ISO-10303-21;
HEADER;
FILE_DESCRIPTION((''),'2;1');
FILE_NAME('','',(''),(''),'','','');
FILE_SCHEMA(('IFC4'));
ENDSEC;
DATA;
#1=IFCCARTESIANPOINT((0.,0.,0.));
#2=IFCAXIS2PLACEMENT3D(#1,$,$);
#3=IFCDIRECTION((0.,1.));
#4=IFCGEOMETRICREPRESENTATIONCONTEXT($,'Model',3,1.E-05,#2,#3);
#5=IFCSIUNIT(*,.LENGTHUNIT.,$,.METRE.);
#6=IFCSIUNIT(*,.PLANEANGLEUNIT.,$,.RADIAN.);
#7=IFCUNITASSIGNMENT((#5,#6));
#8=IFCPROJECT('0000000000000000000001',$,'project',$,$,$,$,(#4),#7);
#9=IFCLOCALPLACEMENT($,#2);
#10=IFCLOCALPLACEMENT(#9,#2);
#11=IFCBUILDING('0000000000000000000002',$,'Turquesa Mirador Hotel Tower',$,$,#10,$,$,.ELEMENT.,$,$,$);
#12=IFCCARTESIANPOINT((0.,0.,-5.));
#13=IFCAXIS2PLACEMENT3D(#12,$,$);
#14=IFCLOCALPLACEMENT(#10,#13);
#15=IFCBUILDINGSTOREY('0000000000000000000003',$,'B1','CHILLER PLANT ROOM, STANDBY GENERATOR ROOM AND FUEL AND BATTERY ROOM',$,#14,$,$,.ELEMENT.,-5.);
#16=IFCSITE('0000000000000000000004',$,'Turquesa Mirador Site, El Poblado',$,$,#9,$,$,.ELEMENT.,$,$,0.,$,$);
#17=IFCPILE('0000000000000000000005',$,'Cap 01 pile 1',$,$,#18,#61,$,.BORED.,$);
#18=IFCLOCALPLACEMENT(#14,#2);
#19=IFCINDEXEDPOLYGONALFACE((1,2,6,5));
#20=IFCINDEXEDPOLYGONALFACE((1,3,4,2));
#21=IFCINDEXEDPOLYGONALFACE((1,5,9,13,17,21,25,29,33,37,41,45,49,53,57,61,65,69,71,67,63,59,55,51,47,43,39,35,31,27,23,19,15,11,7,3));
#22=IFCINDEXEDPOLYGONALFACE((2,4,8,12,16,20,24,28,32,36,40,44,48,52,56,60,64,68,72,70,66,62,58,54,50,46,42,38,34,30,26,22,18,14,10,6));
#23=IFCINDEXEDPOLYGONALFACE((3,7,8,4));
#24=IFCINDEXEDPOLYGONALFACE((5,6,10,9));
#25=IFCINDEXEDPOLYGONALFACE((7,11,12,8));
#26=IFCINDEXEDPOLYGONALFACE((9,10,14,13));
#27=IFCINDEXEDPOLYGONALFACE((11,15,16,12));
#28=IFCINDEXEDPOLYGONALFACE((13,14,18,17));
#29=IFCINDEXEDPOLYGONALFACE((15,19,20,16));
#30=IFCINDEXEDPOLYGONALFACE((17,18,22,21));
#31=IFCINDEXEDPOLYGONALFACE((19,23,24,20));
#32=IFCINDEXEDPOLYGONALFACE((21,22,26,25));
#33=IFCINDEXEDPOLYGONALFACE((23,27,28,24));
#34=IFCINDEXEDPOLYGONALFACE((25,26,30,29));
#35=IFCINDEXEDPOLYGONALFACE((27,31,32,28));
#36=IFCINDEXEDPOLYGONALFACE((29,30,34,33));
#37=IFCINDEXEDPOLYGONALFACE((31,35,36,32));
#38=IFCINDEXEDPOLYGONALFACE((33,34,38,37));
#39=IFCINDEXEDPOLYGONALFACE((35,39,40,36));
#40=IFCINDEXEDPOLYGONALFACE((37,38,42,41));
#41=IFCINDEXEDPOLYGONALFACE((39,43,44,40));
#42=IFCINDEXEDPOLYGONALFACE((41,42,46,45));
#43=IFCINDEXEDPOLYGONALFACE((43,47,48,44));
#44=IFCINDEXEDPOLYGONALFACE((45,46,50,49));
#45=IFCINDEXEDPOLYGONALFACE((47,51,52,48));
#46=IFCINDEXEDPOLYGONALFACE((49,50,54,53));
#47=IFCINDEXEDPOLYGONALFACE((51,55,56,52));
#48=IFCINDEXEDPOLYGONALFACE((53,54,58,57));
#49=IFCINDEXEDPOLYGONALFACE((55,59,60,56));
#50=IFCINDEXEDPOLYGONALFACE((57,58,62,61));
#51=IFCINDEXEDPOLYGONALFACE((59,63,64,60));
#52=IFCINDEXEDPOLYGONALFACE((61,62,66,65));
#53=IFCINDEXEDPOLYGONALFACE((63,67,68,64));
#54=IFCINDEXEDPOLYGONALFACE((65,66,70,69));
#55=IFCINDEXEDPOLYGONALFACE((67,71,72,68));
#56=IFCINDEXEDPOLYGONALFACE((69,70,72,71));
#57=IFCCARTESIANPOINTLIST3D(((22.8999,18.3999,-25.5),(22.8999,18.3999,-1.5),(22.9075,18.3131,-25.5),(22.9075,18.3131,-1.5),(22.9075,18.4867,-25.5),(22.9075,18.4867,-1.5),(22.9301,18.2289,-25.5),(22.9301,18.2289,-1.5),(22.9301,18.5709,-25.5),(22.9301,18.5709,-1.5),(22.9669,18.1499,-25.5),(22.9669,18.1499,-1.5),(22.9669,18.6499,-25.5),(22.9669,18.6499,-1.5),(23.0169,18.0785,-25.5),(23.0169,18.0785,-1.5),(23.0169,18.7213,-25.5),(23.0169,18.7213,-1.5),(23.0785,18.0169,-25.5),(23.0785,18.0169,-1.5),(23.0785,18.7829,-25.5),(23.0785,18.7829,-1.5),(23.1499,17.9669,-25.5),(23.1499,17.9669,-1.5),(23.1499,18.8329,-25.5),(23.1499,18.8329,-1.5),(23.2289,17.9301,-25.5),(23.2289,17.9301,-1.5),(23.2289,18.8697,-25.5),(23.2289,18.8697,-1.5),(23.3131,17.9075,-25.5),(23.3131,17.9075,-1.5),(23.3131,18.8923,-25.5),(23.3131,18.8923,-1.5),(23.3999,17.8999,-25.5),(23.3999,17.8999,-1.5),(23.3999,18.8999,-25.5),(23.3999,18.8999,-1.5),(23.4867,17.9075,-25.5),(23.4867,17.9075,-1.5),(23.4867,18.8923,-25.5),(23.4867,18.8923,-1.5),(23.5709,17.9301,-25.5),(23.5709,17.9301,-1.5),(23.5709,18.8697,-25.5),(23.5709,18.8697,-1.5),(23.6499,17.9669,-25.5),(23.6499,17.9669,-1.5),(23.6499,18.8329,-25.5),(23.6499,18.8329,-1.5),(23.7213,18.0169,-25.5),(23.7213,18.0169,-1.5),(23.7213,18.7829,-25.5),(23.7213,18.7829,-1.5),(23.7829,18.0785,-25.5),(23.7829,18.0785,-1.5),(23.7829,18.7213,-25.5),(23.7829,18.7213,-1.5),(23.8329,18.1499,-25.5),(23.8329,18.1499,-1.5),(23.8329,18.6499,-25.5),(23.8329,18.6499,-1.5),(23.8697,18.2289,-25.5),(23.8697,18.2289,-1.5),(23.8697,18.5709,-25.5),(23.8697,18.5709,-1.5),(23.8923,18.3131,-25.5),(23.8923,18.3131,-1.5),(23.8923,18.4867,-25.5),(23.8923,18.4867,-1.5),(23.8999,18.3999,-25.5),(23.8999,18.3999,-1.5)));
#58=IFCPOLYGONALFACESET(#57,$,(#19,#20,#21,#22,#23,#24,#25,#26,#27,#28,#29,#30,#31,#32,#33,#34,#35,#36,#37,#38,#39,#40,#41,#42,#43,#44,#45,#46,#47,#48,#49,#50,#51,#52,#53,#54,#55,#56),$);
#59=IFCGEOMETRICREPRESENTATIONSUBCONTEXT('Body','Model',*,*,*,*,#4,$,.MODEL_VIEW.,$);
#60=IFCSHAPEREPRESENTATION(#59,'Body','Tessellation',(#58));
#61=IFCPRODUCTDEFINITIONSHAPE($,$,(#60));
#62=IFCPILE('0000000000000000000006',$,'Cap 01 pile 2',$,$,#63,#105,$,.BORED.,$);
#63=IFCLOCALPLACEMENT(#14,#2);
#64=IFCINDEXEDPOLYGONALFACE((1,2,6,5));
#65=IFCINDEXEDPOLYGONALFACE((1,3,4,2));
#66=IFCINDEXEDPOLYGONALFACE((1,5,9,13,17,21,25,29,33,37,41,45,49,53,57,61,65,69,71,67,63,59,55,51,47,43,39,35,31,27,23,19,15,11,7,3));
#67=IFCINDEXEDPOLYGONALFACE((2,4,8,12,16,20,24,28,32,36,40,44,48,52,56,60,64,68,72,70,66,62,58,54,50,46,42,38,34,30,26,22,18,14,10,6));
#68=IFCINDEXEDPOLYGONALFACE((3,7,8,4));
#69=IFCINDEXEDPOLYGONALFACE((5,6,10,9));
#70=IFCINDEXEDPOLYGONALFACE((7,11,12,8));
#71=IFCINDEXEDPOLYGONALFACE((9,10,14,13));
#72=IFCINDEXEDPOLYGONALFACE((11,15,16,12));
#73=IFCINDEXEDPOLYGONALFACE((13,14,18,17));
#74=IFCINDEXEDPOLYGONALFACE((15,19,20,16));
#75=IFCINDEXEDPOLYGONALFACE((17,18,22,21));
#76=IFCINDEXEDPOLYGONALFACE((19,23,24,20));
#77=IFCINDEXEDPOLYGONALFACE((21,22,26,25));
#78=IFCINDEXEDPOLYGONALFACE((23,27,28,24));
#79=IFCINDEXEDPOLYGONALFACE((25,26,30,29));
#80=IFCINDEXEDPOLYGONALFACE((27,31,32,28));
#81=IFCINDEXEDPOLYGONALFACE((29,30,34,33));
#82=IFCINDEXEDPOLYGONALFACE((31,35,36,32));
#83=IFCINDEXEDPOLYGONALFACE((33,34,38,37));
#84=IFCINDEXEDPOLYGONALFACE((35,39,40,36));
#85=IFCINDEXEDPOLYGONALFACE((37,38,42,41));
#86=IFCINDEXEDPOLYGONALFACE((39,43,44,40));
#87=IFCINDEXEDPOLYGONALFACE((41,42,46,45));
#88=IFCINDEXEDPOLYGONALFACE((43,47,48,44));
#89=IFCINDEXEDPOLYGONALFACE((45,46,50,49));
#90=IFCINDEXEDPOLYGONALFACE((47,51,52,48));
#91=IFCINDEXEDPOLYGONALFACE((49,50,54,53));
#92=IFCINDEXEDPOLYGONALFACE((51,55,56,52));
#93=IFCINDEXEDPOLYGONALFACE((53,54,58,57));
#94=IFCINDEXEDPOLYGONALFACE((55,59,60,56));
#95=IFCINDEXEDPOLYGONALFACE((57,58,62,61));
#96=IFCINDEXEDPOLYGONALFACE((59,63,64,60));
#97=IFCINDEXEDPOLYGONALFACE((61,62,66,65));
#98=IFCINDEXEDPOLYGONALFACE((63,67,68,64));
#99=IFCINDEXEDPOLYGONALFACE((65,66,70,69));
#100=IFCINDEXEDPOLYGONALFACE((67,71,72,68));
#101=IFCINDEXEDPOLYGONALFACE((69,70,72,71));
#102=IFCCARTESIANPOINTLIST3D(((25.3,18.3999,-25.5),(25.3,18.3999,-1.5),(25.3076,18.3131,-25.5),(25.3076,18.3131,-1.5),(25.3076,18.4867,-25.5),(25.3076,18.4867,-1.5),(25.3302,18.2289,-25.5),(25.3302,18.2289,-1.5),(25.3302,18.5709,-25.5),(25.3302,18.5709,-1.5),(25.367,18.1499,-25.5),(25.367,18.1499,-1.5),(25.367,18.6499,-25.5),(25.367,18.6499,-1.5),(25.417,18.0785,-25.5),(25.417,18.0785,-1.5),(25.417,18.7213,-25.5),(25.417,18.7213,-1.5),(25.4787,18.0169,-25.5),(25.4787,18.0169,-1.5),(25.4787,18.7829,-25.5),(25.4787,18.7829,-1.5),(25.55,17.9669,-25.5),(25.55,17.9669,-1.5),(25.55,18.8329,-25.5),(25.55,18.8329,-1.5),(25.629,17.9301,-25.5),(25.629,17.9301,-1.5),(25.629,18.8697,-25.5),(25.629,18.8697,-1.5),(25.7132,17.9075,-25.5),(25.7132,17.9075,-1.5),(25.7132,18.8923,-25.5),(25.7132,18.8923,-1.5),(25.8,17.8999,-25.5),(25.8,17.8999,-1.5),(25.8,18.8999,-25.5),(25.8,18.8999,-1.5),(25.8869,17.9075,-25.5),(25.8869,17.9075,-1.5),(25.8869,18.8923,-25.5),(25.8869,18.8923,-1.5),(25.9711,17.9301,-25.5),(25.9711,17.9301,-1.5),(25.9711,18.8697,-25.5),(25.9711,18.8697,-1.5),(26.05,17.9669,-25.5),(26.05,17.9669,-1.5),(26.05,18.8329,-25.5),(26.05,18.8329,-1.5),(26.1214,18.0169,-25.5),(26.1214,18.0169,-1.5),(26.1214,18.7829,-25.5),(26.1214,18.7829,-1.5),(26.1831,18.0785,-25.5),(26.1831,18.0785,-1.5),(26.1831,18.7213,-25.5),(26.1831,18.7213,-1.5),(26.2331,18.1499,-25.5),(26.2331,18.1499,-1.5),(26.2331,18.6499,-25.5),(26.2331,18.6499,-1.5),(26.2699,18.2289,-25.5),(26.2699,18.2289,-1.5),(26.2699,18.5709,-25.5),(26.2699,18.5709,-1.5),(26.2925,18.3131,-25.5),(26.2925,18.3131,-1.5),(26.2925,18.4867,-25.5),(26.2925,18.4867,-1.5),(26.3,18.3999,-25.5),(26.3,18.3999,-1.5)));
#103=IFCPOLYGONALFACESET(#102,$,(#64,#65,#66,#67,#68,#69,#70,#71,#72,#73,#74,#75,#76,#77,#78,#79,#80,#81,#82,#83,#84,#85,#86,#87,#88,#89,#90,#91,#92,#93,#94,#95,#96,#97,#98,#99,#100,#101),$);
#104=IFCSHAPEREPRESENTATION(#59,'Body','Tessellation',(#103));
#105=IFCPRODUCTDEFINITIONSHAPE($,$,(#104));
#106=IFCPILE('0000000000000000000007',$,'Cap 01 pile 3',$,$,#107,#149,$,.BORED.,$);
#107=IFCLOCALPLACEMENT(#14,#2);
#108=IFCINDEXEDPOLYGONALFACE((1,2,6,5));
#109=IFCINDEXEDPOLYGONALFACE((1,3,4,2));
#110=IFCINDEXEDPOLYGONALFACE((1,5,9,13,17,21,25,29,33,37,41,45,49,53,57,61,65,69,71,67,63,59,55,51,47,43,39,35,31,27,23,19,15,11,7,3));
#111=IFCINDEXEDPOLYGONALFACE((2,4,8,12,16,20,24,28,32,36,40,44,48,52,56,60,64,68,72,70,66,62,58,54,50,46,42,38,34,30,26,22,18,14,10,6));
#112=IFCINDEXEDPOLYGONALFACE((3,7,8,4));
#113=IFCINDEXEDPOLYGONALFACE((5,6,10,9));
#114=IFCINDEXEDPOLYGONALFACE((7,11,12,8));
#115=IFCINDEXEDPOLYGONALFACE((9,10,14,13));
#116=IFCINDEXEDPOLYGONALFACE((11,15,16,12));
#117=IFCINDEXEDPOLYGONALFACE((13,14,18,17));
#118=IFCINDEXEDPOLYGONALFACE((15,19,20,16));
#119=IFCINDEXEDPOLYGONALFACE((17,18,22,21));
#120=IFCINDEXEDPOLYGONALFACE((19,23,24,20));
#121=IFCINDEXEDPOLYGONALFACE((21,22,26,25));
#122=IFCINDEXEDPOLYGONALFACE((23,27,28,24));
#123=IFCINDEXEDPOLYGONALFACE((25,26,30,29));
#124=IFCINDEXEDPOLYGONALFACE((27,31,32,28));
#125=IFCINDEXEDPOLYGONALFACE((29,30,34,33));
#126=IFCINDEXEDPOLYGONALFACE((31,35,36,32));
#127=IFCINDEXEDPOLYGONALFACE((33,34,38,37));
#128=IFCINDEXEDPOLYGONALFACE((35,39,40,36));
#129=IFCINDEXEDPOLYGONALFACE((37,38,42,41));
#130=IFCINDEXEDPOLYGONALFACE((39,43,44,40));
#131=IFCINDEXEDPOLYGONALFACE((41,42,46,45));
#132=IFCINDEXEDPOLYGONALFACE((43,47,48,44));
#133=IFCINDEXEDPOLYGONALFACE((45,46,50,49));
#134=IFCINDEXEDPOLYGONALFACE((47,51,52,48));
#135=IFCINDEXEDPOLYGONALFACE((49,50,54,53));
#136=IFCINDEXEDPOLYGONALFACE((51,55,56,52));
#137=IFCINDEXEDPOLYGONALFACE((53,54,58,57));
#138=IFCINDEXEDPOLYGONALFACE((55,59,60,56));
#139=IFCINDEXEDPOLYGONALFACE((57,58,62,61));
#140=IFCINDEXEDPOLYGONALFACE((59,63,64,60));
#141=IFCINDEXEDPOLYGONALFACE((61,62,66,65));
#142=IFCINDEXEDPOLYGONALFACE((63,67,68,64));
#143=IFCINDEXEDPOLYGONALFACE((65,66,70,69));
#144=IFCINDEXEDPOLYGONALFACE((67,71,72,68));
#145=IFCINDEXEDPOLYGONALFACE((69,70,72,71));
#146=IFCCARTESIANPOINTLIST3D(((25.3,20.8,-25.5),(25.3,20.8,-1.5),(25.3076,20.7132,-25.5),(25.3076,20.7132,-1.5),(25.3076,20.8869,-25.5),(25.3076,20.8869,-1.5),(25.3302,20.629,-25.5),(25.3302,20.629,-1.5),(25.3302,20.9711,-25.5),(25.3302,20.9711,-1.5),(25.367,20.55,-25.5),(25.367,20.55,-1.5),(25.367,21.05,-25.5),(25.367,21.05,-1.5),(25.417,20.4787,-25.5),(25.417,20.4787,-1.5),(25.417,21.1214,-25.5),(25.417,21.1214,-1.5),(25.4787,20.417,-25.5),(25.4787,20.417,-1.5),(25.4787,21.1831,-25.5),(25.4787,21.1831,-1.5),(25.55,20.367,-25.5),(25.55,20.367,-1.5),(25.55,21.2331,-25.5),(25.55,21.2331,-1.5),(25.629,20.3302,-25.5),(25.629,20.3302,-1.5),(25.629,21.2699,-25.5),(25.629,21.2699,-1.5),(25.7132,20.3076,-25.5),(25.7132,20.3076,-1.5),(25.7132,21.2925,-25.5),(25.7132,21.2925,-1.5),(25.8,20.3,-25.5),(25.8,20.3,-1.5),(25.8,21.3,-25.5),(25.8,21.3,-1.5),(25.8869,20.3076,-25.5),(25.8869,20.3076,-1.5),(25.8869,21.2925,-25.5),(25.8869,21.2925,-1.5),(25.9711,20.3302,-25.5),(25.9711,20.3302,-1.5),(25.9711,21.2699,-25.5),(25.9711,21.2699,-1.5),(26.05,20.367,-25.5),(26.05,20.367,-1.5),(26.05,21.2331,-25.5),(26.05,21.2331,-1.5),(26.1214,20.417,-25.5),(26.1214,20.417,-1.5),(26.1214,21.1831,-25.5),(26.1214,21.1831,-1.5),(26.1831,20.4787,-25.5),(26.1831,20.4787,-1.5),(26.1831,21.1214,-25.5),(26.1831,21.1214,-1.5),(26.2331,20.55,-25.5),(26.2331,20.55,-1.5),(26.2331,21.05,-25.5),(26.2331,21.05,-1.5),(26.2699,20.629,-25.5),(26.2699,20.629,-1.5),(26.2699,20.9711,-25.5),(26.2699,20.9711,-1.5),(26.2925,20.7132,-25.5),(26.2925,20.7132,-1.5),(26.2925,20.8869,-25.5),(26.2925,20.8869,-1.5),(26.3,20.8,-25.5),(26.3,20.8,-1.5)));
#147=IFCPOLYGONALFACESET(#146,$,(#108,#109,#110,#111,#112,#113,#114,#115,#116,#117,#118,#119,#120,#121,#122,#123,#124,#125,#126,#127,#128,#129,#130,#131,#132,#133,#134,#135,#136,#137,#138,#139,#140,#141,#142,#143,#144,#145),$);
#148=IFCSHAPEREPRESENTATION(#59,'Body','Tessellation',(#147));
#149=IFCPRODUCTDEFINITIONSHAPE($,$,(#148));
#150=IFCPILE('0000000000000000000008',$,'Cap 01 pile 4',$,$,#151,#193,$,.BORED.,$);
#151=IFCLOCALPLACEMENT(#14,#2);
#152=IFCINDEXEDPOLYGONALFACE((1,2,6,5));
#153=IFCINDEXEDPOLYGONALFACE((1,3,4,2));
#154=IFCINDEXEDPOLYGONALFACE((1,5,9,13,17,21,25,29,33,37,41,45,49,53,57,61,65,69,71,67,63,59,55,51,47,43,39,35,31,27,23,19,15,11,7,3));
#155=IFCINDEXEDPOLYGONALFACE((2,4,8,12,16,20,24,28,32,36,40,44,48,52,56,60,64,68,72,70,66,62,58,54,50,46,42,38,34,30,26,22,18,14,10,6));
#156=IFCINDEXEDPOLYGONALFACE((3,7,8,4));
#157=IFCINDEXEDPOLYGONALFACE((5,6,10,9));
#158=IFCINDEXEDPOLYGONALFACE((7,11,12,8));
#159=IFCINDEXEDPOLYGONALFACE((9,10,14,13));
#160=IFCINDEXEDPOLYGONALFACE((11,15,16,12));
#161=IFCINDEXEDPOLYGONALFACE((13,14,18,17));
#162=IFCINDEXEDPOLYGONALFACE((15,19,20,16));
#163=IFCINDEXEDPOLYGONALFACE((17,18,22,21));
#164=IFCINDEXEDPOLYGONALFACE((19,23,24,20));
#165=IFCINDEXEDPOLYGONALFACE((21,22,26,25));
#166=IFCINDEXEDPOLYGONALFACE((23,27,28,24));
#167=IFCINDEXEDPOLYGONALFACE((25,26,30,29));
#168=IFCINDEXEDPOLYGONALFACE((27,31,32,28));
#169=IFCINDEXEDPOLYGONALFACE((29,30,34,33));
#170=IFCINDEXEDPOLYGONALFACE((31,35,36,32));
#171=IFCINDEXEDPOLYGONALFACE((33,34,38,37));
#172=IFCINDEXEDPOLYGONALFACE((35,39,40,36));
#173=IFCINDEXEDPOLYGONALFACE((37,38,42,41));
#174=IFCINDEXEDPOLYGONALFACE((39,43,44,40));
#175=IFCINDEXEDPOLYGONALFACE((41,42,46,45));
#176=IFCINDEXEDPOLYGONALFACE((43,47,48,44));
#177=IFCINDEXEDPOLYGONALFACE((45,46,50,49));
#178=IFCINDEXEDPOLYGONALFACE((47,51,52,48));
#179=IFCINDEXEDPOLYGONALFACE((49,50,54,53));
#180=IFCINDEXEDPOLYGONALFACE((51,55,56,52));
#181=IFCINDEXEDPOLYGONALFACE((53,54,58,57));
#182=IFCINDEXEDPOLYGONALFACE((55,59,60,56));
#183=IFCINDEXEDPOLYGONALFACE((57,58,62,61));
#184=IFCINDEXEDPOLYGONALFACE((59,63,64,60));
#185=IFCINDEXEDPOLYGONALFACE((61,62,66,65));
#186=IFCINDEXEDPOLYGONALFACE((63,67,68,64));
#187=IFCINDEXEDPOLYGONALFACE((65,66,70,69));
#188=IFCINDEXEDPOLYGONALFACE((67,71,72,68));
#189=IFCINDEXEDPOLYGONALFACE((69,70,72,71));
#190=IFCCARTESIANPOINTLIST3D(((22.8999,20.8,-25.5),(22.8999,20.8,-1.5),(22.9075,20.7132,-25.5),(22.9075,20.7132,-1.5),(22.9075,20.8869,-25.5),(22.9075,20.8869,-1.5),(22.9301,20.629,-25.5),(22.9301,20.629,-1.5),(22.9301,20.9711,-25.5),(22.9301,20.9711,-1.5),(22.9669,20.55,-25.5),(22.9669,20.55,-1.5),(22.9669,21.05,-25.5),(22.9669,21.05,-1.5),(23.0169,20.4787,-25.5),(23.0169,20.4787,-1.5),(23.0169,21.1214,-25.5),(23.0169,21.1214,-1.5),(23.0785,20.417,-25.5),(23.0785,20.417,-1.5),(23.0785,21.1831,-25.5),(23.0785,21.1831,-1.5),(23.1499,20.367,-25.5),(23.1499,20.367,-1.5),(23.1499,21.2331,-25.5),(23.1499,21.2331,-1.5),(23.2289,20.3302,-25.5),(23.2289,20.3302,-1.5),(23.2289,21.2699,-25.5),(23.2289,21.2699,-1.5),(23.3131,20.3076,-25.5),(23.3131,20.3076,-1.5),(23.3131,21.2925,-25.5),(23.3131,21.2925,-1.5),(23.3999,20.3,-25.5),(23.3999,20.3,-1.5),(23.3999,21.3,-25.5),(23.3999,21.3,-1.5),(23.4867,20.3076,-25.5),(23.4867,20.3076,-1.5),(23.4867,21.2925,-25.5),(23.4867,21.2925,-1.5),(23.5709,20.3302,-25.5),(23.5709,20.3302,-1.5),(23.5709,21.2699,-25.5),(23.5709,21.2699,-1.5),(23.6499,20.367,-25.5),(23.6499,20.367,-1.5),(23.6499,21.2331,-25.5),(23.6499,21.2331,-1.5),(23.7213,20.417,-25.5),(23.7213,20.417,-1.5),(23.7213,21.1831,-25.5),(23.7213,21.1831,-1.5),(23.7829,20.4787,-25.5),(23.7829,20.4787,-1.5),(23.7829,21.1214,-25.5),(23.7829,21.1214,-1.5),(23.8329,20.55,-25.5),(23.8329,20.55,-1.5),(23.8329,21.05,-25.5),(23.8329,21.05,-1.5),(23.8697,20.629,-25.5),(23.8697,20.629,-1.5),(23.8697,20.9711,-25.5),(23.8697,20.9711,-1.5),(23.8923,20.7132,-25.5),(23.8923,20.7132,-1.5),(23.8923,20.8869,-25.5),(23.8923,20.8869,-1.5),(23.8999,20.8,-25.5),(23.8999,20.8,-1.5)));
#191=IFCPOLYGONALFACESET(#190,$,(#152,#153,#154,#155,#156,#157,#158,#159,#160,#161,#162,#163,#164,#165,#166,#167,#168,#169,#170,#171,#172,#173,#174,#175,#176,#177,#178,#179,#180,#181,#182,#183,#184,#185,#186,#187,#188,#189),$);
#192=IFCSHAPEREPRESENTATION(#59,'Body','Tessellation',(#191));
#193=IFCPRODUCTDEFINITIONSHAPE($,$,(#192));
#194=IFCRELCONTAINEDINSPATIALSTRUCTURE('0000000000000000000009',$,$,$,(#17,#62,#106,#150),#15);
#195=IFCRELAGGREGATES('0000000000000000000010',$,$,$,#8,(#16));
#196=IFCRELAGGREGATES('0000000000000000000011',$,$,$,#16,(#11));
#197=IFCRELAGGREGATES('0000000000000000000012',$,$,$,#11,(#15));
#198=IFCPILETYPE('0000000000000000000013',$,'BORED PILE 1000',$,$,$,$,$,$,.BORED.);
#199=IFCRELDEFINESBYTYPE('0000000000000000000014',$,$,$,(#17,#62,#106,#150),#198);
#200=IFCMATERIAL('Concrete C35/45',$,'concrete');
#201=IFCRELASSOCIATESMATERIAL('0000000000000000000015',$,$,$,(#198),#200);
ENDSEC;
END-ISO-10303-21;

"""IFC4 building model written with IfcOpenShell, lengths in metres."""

from ifc_helpers import new_model, si_unit, direction, frame, origin, origin_2d, place, context, subcontext, project, spatial, circle, extrude, material, type_object, element, save


model = new_model("IFC4")

# Units and contexts
model_context = context("Model", 3, precision=1e-05, world=origin(), true_north=direction((0.0, 1.0)))
body_context = subcontext(model_context, "Body", "Model", "MODEL_VIEW")
ifc_project = project(units=[si_unit("LENGTHUNIT", "METRE"), si_unit("PLANEANGLEUNIT", "RADIAN")], contexts=[model_context])

# Site, building, storey
site_placement = place(None, origin())
site = spatial("IfcSite", under=ifc_project, at=site_placement, Name="Turquesa Mirador Site, El Poblado", CompositionType="ELEMENT", RefElevation=0.0)
building_placement = place(site_placement, origin())
building = spatial("IfcBuilding", under=site, at=building_placement, Name="Turquesa Mirador Hotel Tower", CompositionType="ELEMENT")
storey_placement = place(building_placement, frame((0.0, 0.0, -5.0)))
storey = spatial("IfcBuildingStorey", under=building, at=storey_placement, Name="B1", Description="CHILLER PLANT ROOM, STANDBY GENERATOR ROOM AND FUEL AND BATTERY ROOM", CompositionType="ELEMENT", Elevation=-5.0)

# Piles
ifc_material_1 = material(Name="Concrete C35/45", Category="concrete")
pile_type_1 = type_object("IfcPileType", Name="BORED PILE 1000", PredefinedType="BORED", material=ifc_material_1)
for number, where, z_axis, x_axis, name in (
    (1, (23.3999, 18.3999, -1.5), (0.0, 0.0, -1.0), (1.0, 0.0, 0.0), "Cap 01 pile 1"),
    (2, (25.8, 18.3999, -1.5), (0.0, 0.0, -1.0), (1.0, 0.0, 0.0), "Cap 01 pile 2"),
    (3, (25.8, 20.8, -1.5), (0.0, 0.0, -1.0), (1.0, 0.0, 0.0), "Cap 01 pile 3"),
    (4, (23.3999, 20.8, -1.5), (0.0, 0.0, -1.0), (1.0, 0.0, 0.0), "Cap 01 pile 4"),
):
    element("IfcPile", number, at=place(storey_placement, frame(where, z_axis=z_axis, x_axis=x_axis)), inside=storey, type_object=pile_type_1, Name=name, PredefinedType="BORED", context=body_context, shape_type="SweptSolid", body=[
        extrude(circle(Radius=0.5, at=origin_2d()), origin(), (0.0, 0.0, 1.0), 24.0),
    ])

save(model, "model.ifc")
